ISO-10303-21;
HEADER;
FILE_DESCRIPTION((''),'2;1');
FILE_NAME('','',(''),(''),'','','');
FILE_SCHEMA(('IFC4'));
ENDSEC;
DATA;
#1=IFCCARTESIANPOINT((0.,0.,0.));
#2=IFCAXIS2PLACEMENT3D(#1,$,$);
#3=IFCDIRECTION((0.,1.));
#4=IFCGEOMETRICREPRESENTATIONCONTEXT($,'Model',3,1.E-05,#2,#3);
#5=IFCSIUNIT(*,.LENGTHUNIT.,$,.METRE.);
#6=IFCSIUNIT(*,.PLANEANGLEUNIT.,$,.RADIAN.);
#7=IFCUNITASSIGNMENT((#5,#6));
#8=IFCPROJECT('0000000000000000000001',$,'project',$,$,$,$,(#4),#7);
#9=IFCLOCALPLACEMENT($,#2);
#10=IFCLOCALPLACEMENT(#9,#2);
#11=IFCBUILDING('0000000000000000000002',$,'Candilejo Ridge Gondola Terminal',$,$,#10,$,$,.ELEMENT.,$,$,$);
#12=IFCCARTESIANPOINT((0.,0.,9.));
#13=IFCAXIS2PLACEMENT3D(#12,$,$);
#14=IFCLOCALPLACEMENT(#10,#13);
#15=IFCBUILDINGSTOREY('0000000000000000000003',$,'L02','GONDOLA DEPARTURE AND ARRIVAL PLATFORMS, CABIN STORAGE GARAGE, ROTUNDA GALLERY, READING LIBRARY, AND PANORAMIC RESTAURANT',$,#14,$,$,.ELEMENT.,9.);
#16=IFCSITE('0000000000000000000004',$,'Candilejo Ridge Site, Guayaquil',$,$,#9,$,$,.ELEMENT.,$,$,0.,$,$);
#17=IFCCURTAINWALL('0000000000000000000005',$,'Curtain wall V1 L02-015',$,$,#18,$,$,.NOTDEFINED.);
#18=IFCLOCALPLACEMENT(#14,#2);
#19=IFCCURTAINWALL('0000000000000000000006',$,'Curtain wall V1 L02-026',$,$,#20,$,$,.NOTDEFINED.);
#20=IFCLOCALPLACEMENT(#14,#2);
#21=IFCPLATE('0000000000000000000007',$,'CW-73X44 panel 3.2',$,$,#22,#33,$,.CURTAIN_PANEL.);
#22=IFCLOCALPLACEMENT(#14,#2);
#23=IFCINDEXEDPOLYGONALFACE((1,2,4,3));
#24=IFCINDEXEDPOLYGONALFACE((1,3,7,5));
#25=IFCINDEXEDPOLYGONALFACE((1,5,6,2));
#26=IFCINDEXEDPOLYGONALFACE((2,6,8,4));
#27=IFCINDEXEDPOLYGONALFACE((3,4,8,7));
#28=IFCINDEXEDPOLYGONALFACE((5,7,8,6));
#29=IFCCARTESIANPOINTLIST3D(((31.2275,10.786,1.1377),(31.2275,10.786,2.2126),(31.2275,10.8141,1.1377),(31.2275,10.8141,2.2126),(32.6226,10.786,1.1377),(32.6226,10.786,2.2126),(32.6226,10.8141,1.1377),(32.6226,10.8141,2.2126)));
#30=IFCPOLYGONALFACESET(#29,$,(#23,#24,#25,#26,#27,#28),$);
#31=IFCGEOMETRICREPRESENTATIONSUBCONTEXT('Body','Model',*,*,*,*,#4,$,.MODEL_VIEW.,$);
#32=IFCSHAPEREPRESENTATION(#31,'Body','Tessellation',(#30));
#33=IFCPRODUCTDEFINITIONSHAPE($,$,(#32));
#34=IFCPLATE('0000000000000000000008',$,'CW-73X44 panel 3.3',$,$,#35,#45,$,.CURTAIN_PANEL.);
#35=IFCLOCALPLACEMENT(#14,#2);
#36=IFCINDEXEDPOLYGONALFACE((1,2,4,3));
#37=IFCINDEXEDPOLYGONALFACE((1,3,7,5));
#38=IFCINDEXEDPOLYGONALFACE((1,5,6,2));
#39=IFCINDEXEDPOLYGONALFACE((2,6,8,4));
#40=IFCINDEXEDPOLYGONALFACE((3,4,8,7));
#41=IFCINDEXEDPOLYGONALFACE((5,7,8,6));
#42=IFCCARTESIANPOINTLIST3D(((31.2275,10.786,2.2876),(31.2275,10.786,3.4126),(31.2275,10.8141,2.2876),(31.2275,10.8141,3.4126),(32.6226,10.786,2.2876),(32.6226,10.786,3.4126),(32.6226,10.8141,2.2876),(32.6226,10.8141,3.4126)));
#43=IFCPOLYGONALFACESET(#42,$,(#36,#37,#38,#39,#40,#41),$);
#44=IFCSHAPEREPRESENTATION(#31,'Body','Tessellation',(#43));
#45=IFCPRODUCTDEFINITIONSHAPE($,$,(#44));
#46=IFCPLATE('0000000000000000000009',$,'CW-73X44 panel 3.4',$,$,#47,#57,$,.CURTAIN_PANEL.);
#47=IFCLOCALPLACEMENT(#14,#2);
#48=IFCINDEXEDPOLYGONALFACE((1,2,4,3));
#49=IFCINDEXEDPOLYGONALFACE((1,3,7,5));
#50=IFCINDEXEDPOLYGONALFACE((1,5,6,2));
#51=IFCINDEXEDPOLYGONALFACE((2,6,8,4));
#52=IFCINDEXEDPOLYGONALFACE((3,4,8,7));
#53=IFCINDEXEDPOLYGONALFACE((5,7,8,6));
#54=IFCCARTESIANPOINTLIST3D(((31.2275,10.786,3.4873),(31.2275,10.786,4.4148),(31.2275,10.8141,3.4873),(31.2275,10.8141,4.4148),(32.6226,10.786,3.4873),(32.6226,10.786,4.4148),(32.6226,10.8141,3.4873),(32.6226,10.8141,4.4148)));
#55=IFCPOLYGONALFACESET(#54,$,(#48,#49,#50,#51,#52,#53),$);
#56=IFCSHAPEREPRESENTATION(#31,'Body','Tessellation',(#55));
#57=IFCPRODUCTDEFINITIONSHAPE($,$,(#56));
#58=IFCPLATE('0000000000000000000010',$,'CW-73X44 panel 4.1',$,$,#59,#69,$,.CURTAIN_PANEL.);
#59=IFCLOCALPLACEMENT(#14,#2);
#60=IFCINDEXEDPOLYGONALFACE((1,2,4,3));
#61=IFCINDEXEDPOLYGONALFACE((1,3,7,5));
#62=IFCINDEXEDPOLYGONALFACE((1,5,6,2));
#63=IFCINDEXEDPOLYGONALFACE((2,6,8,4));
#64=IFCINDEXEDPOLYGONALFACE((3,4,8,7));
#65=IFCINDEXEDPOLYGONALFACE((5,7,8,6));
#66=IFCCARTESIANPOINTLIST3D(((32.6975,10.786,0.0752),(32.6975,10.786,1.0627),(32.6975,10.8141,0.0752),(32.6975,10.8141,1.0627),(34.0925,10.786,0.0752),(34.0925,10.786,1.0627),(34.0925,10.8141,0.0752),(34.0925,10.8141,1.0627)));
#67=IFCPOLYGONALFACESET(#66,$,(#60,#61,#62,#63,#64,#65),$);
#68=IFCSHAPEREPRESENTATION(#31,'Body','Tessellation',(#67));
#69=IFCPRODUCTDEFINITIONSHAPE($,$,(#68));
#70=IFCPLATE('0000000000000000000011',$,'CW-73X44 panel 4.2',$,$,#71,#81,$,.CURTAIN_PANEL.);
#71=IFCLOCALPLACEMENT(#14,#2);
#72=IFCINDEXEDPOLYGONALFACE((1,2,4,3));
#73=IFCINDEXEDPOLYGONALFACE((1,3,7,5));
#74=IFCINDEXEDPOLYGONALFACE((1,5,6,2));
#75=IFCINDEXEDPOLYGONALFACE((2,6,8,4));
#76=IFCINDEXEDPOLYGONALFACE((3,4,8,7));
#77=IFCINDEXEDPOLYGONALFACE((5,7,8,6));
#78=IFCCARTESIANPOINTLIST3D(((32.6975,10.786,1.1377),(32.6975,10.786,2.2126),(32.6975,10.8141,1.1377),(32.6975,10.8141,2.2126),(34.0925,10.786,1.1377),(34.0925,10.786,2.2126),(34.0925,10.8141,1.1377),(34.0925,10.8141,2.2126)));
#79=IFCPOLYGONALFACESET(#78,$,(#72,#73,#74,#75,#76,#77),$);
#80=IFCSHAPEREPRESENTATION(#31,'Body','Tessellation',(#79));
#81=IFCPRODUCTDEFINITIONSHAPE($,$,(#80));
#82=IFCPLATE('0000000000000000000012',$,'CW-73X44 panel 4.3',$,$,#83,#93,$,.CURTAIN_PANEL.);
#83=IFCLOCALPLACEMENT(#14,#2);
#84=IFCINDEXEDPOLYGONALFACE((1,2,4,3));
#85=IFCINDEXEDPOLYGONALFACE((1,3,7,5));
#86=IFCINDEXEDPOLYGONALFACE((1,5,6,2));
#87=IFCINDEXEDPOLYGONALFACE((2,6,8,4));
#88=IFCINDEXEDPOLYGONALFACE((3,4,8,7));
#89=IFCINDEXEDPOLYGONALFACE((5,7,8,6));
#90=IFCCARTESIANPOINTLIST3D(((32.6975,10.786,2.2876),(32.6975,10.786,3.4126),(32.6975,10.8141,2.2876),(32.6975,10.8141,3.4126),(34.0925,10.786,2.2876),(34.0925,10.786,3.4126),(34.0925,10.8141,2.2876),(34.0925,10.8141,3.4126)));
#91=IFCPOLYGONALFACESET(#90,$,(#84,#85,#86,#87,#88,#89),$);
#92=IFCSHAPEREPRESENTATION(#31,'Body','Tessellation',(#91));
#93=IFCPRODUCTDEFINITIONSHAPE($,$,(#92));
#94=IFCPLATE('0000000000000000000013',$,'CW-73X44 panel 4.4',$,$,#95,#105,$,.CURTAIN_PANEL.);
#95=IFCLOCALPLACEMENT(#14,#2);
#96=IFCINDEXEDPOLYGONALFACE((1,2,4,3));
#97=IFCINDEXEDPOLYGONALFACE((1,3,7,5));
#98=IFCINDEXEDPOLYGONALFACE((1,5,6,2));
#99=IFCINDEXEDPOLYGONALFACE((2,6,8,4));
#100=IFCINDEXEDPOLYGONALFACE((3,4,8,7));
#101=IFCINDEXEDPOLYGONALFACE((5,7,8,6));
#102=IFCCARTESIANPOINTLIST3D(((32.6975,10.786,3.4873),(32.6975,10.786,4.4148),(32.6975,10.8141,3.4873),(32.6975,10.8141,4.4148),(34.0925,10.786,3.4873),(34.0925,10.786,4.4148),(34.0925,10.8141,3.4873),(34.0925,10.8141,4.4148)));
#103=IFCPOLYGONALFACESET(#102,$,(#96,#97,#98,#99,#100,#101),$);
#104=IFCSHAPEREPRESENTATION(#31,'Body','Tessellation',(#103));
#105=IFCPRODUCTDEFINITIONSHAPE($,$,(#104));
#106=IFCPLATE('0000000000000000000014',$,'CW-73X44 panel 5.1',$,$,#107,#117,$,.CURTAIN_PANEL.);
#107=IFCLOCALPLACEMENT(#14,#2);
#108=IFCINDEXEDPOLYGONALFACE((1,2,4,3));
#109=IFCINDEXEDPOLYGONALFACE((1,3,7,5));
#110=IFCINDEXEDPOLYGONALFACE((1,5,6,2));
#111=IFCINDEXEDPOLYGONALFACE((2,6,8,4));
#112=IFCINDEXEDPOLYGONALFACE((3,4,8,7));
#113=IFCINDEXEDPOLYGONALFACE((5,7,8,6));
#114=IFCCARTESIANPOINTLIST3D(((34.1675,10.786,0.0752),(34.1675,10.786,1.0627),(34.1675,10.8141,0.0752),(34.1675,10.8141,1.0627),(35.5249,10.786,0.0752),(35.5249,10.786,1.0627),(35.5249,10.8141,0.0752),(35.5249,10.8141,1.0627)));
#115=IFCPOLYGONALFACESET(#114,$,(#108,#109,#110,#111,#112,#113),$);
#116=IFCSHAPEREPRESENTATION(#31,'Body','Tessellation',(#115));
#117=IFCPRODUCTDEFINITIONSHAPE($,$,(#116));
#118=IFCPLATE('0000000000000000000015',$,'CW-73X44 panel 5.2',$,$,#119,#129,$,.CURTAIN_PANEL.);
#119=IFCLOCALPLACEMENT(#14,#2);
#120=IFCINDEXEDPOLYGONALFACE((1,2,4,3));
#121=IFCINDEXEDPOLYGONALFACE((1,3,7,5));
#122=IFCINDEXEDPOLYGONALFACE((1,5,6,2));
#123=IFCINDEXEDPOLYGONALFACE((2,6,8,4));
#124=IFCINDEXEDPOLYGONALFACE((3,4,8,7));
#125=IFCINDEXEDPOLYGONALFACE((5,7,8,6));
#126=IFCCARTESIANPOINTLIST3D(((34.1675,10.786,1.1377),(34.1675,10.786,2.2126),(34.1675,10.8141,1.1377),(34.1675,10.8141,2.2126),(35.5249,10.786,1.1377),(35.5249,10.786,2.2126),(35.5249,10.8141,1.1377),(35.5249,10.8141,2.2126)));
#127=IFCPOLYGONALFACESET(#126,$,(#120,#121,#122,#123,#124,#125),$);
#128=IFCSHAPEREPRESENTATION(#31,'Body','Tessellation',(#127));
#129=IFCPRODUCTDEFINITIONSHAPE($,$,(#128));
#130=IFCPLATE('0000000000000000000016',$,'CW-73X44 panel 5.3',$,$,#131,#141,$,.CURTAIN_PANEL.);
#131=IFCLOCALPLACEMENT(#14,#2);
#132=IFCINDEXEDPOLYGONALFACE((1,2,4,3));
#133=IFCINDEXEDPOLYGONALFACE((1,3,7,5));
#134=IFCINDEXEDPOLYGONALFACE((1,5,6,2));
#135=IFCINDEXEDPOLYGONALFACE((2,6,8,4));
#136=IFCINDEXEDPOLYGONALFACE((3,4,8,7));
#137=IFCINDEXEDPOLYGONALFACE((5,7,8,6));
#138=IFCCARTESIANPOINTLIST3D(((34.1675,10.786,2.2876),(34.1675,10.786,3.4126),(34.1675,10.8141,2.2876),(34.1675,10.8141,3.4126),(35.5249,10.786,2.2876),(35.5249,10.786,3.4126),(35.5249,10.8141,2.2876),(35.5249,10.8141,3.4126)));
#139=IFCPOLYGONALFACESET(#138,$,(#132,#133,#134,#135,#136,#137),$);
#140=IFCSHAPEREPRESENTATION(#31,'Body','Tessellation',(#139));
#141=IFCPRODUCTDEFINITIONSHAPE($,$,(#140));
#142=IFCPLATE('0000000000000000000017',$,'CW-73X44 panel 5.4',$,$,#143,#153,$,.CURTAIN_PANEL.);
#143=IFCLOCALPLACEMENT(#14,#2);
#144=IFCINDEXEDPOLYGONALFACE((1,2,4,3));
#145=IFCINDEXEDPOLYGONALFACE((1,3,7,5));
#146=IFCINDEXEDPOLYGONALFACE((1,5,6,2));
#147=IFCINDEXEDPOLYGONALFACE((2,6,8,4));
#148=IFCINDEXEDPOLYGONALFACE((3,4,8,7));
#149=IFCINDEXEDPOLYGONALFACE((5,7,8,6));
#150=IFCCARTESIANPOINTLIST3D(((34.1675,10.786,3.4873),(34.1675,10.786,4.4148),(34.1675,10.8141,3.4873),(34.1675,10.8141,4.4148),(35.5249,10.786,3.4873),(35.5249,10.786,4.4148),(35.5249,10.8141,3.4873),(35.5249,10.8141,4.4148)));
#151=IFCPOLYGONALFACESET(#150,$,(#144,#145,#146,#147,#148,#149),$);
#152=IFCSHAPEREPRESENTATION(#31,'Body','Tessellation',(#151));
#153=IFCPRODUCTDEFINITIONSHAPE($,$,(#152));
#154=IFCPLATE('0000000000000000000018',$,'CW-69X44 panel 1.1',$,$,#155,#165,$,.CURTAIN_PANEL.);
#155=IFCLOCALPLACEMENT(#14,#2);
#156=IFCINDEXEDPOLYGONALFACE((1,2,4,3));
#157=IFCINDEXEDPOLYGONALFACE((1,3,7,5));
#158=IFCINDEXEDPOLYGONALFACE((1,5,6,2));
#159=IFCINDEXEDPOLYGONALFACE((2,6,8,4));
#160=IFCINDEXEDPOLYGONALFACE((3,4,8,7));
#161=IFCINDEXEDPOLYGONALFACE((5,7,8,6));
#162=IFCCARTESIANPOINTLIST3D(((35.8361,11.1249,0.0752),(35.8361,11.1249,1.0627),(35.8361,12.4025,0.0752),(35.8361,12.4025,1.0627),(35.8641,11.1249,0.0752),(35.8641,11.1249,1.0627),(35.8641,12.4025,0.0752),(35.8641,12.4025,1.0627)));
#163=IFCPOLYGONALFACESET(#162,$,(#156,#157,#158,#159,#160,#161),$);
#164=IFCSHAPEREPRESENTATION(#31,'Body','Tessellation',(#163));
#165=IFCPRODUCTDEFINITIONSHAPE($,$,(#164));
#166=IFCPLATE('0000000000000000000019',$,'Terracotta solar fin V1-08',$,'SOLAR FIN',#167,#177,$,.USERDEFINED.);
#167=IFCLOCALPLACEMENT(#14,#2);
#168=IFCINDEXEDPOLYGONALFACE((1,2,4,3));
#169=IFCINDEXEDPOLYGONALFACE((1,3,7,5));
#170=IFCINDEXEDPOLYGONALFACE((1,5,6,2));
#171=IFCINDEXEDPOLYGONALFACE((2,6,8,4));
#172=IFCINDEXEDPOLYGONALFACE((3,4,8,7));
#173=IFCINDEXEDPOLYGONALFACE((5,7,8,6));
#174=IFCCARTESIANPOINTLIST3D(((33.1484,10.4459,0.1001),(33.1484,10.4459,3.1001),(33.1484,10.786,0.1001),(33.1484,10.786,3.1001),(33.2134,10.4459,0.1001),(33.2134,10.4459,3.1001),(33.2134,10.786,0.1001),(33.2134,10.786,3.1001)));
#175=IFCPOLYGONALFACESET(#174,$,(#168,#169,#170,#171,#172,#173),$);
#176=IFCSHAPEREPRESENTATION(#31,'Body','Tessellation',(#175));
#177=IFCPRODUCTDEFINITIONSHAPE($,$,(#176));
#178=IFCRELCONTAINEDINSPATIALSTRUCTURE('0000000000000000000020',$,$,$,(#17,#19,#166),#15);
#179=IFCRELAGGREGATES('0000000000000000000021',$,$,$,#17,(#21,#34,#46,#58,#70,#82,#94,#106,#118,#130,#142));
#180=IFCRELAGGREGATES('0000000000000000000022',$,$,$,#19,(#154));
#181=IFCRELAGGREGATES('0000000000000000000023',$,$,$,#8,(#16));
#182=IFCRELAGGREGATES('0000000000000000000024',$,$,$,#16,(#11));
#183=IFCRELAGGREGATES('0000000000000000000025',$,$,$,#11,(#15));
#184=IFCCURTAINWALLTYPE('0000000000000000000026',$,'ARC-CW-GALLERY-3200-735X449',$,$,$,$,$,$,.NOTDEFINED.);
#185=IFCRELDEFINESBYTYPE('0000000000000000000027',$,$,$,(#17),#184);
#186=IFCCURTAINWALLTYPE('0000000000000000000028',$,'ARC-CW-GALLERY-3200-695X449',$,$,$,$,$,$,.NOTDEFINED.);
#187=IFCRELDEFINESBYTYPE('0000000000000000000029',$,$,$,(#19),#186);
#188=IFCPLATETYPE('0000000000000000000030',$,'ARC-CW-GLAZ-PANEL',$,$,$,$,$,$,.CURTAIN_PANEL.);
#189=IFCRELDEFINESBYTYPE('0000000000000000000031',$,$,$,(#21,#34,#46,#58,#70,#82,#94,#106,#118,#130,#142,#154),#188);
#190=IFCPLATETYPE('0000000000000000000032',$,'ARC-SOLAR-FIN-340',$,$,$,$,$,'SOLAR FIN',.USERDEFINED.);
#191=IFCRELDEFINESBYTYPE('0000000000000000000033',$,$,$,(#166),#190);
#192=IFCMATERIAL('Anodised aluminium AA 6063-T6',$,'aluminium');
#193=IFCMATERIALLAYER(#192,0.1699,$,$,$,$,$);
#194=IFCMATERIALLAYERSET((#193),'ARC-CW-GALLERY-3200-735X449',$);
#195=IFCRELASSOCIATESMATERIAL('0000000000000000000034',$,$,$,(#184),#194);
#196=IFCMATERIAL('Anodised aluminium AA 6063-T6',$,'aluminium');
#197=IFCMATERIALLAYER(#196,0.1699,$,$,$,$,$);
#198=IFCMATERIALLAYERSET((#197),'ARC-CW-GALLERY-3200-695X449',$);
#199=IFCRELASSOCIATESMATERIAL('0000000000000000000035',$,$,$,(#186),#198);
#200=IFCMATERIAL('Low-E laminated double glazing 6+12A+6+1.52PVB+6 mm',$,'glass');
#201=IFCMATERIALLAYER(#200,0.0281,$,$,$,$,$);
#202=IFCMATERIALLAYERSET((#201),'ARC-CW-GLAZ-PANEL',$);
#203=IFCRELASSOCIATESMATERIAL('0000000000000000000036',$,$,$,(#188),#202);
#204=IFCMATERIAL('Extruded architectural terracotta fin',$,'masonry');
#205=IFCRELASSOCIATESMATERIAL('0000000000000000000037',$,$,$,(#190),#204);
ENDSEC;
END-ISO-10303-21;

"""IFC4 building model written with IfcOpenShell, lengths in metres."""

from ifc_helpers import new_model, si_unit, direction, frame, origin, origin_2d, place, context, subcontext, project, spatial, rectangle, extrude, material, layer, layer_set, type_object, element, aggregate, save


model = new_model("IFC4")

# Units and contexts
model_context = context("Model", 3, precision=1e-05, world=origin(), true_north=direction((0.0, 1.0)))
body_context = subcontext(model_context, "Body", "Model", "MODEL_VIEW")
ifc_project = project(units=[si_unit("LENGTHUNIT", "METRE"), si_unit("PLANEANGLEUNIT", "RADIAN")], contexts=[model_context])

# Site, building, storey
site_placement = place(None, origin())
site = spatial("IfcSite", under=ifc_project, at=site_placement, Name="Candilejo Ridge Site, Guayaquil", CompositionType="ELEMENT", RefElevation=0.0)
building_placement = place(site_placement, origin())
building = spatial("IfcBuilding", under=site, at=building_placement, Name="Candilejo Ridge Gondola Terminal", CompositionType="ELEMENT")
storey_placement = place(building_placement, frame((0.0, 0.0, 9.0)))
storey = spatial("IfcBuildingStorey", under=building, at=storey_placement, Name="L02", Description="GONDOLA DEPARTURE AND ARRIVAL PLATFORMS, CABIN STORAGE GARAGE, ROTUNDA GALLERY, READING LIBRARY, AND PANORAMIC RESTAURANT", CompositionType="ELEMENT", Elevation=9.0)

# Curtain wall
ifc_material_1 = material(Name="Anodised aluminium AA 6063-T6", Category="aluminium")
ifc_layer_1 = layer(ifc_material_1, 0.1699)
ifc_layer_set_1 = layer_set([ifc_layer_1], Name="ARC-CW-GALLERY-3200-735X449")
curtain_wall_type_1 = type_object("IfcCurtainWallType", Name="ARC-CW-GALLERY-3200-735X449", PredefinedType="NOTDEFINED", material=ifc_layer_set_1)
curtain_wall_1_placement = place(storey_placement, origin())
curtain_wall_1 = element("IfcCurtainWall", 1, at=curtain_wall_1_placement, inside=storey, type_object=curtain_wall_type_1, Name="Curtain wall V1 L02-015", PredefinedType="NOTDEFINED")

# Curtain wall
ifc_material_2 = material(Name="Anodised aluminium AA 6063-T6", Category="aluminium")
ifc_layer_2 = layer(ifc_material_2, 0.1699)
ifc_layer_set_2 = layer_set([ifc_layer_2], Name="ARC-CW-GALLERY-3200-695X449")
curtain_wall_type_2 = type_object("IfcCurtainWallType", Name="ARC-CW-GALLERY-3200-695X449", PredefinedType="NOTDEFINED", material=ifc_layer_set_2)
curtain_wall_2_placement = place(storey_placement, origin())
curtain_wall_2 = element("IfcCurtainWall", 2, at=curtain_wall_2_placement, inside=storey, type_object=curtain_wall_type_2, Name="Curtain wall V1 L02-026", PredefinedType="NOTDEFINED")

# Plates
ifc_material_3 = material(Name="Low-E laminated double glazing 6+12A+6+1.52PVB+6 mm", Category="glass")
ifc_layer_3 = layer(ifc_material_3, 0.0281)
ifc_layer_set_3 = layer_set([ifc_layer_3], Name="ARC-CW-GLAZ-PANEL")
plate_type_1 = type_object("IfcPlateType", Name="ARC-CW-GLAZ-PANEL", PredefinedType="CURTAIN_PANEL", material=ifc_layer_set_3)
plate_1_placement = place(storey_placement, frame((31.925, 10.8, 1.1377), z_axis=(0.0, 0.0, 1.0), x_axis=(1.0, 0.0, 0.0)))
plate_1 = element("IfcPlate", 3, at=plate_1_placement, type_object=plate_type_1, Name="CW-73X44 panel 3.2", PredefinedType="CURTAIN_PANEL", context=body_context, shape_type="SweptSolid", body=[
    extrude(rectangle(XDim=1.395, YDim=0.0281, at=origin_2d()), origin(), (0.0, 0.0, 1.0), 1.075),
])
plate_2_placement = place(storey_placement, frame((31.925, 10.8, 2.2876), z_axis=(0.0, 0.0, 1.0), x_axis=(1.0, 0.0, 0.0)))
plate_2 = element("IfcPlate", 4, at=plate_2_placement, type_object=plate_type_1, Name="CW-73X44 panel 3.3", PredefinedType="CURTAIN_PANEL", context=body_context, shape_type="SweptSolid", body=[
    extrude(rectangle(XDim=1.395, YDim=0.0281, at=origin_2d()), origin(), (0.0, 0.0, 1.0), 1.125),
])
plate_3_placement = place(storey_placement, frame((31.925, 10.8, 3.4873), z_axis=(0.0, 0.0, 1.0), x_axis=(1.0, 0.0, 0.0)))
plate_3 = element("IfcPlate", 5, at=plate_3_placement, type_object=plate_type_1, Name="CW-73X44 panel 3.4", PredefinedType="CURTAIN_PANEL", context=body_context, shape_type="SweptSolid", body=[
    extrude(rectangle(XDim=1.395, YDim=0.0281, at=origin_2d()), origin(), (0.0, 0.0, 1.0), 0.9275),
])
plate_4_placement = place(storey_placement, frame((33.395, 10.8, 0.0752), z_axis=(0.0, 0.0, 1.0), x_axis=(1.0, 0.0, 0.0)))
plate_4 = element("IfcPlate", 6, at=plate_4_placement, type_object=plate_type_1, Name="CW-73X44 panel 4.1", PredefinedType="CURTAIN_PANEL", context=body_context, shape_type="SweptSolid", body=[
    extrude(rectangle(XDim=1.395, YDim=0.0281, at=origin_2d()), origin(), (0.0, 0.0, 1.0), 0.9875),
])
plate_5_placement = place(storey_placement, frame((33.395, 10.8, 1.1377), z_axis=(0.0, 0.0, 1.0), x_axis=(1.0, 0.0, 0.0)))
plate_5 = element("IfcPlate", 7, at=plate_5_placement, type_object=plate_type_1, Name="CW-73X44 panel 4.2", PredefinedType="CURTAIN_PANEL", context=body_context, shape_type="SweptSolid", body=[
    extrude(rectangle(XDim=1.395, YDim=0.0281, at=origin_2d()), origin(), (0.0, 0.0, 1.0), 1.075),
])
plate_6_placement = place(storey_placement, frame((33.395, 10.8, 2.2876), z_axis=(0.0, 0.0, 1.0), x_axis=(1.0, 0.0, 0.0)))
plate_6 = element("IfcPlate", 8, at=plate_6_placement, type_object=plate_type_1, Name="CW-73X44 panel 4.3", PredefinedType="CURTAIN_PANEL", context=body_context, shape_type="SweptSolid", body=[
    extrude(rectangle(XDim=1.395, YDim=0.0281, at=origin_2d()), origin(), (0.0, 0.0, 1.0), 1.125),
])
plate_7_placement = place(storey_placement, frame((33.395, 10.8, 3.4873), z_axis=(0.0, 0.0, 1.0), x_axis=(1.0, 0.0, 0.0)))
plate_7 = element("IfcPlate", 9, at=plate_7_placement, type_object=plate_type_1, Name="CW-73X44 panel 4.4", PredefinedType="CURTAIN_PANEL", context=body_context, shape_type="SweptSolid", body=[
    extrude(rectangle(XDim=1.395, YDim=0.0281, at=origin_2d()), origin(), (0.0, 0.0, 1.0), 0.9275),
])
plate_8_placement = place(storey_placement, frame((34.8462, 10.8, 0.0752), z_axis=(0.0, 0.0, 1.0), x_axis=(1.0, 0.0, 0.0)))
plate_8 = element("IfcPlate", 10, at=plate_8_placement, type_object=plate_type_1, Name="CW-73X44 panel 5.1", PredefinedType="CURTAIN_PANEL", context=body_context, shape_type="SweptSolid", body=[
    extrude(rectangle(XDim=1.3574, YDim=0.0281, at=origin_2d()), origin(), (0.0, 0.0, 1.0), 0.9875),
])
plate_9_placement = place(storey_placement, frame((34.8462, 10.8, 1.1377), z_axis=(0.0, 0.0, 1.0), x_axis=(1.0, 0.0, 0.0)))
plate_9 = element("IfcPlate", 11, at=plate_9_placement, type_object=plate_type_1, Name="CW-73X44 panel 5.2", PredefinedType="CURTAIN_PANEL", context=body_context, shape_type="SweptSolid", body=[
    extrude(rectangle(XDim=1.3574, YDim=0.0281, at=origin_2d()), origin(), (0.0, 0.0, 1.0), 1.075),
])
plate_10_placement = place(storey_placement, frame((34.8462, 10.8, 2.2876), z_axis=(0.0, 0.0, 1.0), x_axis=(1.0, 0.0, 0.0)))
plate_10 = element("IfcPlate", 12, at=plate_10_placement, type_object=plate_type_1, Name="CW-73X44 panel 5.3", PredefinedType="CURTAIN_PANEL", context=body_context, shape_type="SweptSolid", body=[
    extrude(rectangle(XDim=1.3574, YDim=0.0281, at=origin_2d()), origin(), (0.0, 0.0, 1.0), 1.125),
])
plate_11_placement = place(storey_placement, frame((34.8462, 10.8, 3.4873), z_axis=(0.0, 0.0, 1.0), x_axis=(1.0, 0.0, 0.0)))
plate_11 = element("IfcPlate", 13, at=plate_11_placement, type_object=plate_type_1, Name="CW-73X44 panel 5.4", PredefinedType="CURTAIN_PANEL", context=body_context, shape_type="SweptSolid", body=[
    extrude(rectangle(XDim=1.3574, YDim=0.0281, at=origin_2d()), origin(), (0.0, 0.0, 1.0), 0.9275),
])
aggregate(curtain_wall_1, [plate_1, plate_2, plate_3, plate_4, plate_5, plate_6, plate_7, plate_8, plate_9, plate_10, plate_11])
plate_12_placement = place(storey_placement, frame((35.8501, 11.7637, 0.0752), z_axis=(0.0, 0.0, 1.0), x_axis=(0.0, 1.0, 0.0)))
plate_12 = element("IfcPlate", 14, at=plate_12_placement, type_object=plate_type_1, Name="CW-69X44 panel 1.1", PredefinedType="CURTAIN_PANEL", context=body_context, shape_type="SweptSolid", body=[
    extrude(rectangle(XDim=1.2776, YDim=0.0281, at=origin_2d()), origin(), (0.0, 0.0, 1.0), 0.9875),
])
aggregate(curtain_wall_2, [plate_12])
ifc_material_4 = material(Name="Extruded architectural terracotta fin", Category="masonry")
plate_type_2 = type_object("IfcPlateType", Name="ARC-SOLAR-FIN-340", ElementType="SOLAR FIN", PredefinedType="USERDEFINED", material=ifc_material_4)
plate_13_placement = place(storey_placement, frame((33.1809, 10.616, 0.1001), z_axis=(0.0, 0.0, 1.0), x_axis=(1.0, 0.0, 0.0)))
element("IfcPlate", 15, at=plate_13_placement, inside=storey, type_object=plate_type_2, Name="Terracotta solar fin V1-08", ObjectType="SOLAR FIN", PredefinedType="USERDEFINED", context=body_context, shape_type="SweptSolid", body=[
    extrude(rectangle(XDim=0.0649, YDim=0.3401, at=origin_2d()), origin(), (0.0, 0.0, 1.0), 3.0),
])

save(model, "model.ifc")
